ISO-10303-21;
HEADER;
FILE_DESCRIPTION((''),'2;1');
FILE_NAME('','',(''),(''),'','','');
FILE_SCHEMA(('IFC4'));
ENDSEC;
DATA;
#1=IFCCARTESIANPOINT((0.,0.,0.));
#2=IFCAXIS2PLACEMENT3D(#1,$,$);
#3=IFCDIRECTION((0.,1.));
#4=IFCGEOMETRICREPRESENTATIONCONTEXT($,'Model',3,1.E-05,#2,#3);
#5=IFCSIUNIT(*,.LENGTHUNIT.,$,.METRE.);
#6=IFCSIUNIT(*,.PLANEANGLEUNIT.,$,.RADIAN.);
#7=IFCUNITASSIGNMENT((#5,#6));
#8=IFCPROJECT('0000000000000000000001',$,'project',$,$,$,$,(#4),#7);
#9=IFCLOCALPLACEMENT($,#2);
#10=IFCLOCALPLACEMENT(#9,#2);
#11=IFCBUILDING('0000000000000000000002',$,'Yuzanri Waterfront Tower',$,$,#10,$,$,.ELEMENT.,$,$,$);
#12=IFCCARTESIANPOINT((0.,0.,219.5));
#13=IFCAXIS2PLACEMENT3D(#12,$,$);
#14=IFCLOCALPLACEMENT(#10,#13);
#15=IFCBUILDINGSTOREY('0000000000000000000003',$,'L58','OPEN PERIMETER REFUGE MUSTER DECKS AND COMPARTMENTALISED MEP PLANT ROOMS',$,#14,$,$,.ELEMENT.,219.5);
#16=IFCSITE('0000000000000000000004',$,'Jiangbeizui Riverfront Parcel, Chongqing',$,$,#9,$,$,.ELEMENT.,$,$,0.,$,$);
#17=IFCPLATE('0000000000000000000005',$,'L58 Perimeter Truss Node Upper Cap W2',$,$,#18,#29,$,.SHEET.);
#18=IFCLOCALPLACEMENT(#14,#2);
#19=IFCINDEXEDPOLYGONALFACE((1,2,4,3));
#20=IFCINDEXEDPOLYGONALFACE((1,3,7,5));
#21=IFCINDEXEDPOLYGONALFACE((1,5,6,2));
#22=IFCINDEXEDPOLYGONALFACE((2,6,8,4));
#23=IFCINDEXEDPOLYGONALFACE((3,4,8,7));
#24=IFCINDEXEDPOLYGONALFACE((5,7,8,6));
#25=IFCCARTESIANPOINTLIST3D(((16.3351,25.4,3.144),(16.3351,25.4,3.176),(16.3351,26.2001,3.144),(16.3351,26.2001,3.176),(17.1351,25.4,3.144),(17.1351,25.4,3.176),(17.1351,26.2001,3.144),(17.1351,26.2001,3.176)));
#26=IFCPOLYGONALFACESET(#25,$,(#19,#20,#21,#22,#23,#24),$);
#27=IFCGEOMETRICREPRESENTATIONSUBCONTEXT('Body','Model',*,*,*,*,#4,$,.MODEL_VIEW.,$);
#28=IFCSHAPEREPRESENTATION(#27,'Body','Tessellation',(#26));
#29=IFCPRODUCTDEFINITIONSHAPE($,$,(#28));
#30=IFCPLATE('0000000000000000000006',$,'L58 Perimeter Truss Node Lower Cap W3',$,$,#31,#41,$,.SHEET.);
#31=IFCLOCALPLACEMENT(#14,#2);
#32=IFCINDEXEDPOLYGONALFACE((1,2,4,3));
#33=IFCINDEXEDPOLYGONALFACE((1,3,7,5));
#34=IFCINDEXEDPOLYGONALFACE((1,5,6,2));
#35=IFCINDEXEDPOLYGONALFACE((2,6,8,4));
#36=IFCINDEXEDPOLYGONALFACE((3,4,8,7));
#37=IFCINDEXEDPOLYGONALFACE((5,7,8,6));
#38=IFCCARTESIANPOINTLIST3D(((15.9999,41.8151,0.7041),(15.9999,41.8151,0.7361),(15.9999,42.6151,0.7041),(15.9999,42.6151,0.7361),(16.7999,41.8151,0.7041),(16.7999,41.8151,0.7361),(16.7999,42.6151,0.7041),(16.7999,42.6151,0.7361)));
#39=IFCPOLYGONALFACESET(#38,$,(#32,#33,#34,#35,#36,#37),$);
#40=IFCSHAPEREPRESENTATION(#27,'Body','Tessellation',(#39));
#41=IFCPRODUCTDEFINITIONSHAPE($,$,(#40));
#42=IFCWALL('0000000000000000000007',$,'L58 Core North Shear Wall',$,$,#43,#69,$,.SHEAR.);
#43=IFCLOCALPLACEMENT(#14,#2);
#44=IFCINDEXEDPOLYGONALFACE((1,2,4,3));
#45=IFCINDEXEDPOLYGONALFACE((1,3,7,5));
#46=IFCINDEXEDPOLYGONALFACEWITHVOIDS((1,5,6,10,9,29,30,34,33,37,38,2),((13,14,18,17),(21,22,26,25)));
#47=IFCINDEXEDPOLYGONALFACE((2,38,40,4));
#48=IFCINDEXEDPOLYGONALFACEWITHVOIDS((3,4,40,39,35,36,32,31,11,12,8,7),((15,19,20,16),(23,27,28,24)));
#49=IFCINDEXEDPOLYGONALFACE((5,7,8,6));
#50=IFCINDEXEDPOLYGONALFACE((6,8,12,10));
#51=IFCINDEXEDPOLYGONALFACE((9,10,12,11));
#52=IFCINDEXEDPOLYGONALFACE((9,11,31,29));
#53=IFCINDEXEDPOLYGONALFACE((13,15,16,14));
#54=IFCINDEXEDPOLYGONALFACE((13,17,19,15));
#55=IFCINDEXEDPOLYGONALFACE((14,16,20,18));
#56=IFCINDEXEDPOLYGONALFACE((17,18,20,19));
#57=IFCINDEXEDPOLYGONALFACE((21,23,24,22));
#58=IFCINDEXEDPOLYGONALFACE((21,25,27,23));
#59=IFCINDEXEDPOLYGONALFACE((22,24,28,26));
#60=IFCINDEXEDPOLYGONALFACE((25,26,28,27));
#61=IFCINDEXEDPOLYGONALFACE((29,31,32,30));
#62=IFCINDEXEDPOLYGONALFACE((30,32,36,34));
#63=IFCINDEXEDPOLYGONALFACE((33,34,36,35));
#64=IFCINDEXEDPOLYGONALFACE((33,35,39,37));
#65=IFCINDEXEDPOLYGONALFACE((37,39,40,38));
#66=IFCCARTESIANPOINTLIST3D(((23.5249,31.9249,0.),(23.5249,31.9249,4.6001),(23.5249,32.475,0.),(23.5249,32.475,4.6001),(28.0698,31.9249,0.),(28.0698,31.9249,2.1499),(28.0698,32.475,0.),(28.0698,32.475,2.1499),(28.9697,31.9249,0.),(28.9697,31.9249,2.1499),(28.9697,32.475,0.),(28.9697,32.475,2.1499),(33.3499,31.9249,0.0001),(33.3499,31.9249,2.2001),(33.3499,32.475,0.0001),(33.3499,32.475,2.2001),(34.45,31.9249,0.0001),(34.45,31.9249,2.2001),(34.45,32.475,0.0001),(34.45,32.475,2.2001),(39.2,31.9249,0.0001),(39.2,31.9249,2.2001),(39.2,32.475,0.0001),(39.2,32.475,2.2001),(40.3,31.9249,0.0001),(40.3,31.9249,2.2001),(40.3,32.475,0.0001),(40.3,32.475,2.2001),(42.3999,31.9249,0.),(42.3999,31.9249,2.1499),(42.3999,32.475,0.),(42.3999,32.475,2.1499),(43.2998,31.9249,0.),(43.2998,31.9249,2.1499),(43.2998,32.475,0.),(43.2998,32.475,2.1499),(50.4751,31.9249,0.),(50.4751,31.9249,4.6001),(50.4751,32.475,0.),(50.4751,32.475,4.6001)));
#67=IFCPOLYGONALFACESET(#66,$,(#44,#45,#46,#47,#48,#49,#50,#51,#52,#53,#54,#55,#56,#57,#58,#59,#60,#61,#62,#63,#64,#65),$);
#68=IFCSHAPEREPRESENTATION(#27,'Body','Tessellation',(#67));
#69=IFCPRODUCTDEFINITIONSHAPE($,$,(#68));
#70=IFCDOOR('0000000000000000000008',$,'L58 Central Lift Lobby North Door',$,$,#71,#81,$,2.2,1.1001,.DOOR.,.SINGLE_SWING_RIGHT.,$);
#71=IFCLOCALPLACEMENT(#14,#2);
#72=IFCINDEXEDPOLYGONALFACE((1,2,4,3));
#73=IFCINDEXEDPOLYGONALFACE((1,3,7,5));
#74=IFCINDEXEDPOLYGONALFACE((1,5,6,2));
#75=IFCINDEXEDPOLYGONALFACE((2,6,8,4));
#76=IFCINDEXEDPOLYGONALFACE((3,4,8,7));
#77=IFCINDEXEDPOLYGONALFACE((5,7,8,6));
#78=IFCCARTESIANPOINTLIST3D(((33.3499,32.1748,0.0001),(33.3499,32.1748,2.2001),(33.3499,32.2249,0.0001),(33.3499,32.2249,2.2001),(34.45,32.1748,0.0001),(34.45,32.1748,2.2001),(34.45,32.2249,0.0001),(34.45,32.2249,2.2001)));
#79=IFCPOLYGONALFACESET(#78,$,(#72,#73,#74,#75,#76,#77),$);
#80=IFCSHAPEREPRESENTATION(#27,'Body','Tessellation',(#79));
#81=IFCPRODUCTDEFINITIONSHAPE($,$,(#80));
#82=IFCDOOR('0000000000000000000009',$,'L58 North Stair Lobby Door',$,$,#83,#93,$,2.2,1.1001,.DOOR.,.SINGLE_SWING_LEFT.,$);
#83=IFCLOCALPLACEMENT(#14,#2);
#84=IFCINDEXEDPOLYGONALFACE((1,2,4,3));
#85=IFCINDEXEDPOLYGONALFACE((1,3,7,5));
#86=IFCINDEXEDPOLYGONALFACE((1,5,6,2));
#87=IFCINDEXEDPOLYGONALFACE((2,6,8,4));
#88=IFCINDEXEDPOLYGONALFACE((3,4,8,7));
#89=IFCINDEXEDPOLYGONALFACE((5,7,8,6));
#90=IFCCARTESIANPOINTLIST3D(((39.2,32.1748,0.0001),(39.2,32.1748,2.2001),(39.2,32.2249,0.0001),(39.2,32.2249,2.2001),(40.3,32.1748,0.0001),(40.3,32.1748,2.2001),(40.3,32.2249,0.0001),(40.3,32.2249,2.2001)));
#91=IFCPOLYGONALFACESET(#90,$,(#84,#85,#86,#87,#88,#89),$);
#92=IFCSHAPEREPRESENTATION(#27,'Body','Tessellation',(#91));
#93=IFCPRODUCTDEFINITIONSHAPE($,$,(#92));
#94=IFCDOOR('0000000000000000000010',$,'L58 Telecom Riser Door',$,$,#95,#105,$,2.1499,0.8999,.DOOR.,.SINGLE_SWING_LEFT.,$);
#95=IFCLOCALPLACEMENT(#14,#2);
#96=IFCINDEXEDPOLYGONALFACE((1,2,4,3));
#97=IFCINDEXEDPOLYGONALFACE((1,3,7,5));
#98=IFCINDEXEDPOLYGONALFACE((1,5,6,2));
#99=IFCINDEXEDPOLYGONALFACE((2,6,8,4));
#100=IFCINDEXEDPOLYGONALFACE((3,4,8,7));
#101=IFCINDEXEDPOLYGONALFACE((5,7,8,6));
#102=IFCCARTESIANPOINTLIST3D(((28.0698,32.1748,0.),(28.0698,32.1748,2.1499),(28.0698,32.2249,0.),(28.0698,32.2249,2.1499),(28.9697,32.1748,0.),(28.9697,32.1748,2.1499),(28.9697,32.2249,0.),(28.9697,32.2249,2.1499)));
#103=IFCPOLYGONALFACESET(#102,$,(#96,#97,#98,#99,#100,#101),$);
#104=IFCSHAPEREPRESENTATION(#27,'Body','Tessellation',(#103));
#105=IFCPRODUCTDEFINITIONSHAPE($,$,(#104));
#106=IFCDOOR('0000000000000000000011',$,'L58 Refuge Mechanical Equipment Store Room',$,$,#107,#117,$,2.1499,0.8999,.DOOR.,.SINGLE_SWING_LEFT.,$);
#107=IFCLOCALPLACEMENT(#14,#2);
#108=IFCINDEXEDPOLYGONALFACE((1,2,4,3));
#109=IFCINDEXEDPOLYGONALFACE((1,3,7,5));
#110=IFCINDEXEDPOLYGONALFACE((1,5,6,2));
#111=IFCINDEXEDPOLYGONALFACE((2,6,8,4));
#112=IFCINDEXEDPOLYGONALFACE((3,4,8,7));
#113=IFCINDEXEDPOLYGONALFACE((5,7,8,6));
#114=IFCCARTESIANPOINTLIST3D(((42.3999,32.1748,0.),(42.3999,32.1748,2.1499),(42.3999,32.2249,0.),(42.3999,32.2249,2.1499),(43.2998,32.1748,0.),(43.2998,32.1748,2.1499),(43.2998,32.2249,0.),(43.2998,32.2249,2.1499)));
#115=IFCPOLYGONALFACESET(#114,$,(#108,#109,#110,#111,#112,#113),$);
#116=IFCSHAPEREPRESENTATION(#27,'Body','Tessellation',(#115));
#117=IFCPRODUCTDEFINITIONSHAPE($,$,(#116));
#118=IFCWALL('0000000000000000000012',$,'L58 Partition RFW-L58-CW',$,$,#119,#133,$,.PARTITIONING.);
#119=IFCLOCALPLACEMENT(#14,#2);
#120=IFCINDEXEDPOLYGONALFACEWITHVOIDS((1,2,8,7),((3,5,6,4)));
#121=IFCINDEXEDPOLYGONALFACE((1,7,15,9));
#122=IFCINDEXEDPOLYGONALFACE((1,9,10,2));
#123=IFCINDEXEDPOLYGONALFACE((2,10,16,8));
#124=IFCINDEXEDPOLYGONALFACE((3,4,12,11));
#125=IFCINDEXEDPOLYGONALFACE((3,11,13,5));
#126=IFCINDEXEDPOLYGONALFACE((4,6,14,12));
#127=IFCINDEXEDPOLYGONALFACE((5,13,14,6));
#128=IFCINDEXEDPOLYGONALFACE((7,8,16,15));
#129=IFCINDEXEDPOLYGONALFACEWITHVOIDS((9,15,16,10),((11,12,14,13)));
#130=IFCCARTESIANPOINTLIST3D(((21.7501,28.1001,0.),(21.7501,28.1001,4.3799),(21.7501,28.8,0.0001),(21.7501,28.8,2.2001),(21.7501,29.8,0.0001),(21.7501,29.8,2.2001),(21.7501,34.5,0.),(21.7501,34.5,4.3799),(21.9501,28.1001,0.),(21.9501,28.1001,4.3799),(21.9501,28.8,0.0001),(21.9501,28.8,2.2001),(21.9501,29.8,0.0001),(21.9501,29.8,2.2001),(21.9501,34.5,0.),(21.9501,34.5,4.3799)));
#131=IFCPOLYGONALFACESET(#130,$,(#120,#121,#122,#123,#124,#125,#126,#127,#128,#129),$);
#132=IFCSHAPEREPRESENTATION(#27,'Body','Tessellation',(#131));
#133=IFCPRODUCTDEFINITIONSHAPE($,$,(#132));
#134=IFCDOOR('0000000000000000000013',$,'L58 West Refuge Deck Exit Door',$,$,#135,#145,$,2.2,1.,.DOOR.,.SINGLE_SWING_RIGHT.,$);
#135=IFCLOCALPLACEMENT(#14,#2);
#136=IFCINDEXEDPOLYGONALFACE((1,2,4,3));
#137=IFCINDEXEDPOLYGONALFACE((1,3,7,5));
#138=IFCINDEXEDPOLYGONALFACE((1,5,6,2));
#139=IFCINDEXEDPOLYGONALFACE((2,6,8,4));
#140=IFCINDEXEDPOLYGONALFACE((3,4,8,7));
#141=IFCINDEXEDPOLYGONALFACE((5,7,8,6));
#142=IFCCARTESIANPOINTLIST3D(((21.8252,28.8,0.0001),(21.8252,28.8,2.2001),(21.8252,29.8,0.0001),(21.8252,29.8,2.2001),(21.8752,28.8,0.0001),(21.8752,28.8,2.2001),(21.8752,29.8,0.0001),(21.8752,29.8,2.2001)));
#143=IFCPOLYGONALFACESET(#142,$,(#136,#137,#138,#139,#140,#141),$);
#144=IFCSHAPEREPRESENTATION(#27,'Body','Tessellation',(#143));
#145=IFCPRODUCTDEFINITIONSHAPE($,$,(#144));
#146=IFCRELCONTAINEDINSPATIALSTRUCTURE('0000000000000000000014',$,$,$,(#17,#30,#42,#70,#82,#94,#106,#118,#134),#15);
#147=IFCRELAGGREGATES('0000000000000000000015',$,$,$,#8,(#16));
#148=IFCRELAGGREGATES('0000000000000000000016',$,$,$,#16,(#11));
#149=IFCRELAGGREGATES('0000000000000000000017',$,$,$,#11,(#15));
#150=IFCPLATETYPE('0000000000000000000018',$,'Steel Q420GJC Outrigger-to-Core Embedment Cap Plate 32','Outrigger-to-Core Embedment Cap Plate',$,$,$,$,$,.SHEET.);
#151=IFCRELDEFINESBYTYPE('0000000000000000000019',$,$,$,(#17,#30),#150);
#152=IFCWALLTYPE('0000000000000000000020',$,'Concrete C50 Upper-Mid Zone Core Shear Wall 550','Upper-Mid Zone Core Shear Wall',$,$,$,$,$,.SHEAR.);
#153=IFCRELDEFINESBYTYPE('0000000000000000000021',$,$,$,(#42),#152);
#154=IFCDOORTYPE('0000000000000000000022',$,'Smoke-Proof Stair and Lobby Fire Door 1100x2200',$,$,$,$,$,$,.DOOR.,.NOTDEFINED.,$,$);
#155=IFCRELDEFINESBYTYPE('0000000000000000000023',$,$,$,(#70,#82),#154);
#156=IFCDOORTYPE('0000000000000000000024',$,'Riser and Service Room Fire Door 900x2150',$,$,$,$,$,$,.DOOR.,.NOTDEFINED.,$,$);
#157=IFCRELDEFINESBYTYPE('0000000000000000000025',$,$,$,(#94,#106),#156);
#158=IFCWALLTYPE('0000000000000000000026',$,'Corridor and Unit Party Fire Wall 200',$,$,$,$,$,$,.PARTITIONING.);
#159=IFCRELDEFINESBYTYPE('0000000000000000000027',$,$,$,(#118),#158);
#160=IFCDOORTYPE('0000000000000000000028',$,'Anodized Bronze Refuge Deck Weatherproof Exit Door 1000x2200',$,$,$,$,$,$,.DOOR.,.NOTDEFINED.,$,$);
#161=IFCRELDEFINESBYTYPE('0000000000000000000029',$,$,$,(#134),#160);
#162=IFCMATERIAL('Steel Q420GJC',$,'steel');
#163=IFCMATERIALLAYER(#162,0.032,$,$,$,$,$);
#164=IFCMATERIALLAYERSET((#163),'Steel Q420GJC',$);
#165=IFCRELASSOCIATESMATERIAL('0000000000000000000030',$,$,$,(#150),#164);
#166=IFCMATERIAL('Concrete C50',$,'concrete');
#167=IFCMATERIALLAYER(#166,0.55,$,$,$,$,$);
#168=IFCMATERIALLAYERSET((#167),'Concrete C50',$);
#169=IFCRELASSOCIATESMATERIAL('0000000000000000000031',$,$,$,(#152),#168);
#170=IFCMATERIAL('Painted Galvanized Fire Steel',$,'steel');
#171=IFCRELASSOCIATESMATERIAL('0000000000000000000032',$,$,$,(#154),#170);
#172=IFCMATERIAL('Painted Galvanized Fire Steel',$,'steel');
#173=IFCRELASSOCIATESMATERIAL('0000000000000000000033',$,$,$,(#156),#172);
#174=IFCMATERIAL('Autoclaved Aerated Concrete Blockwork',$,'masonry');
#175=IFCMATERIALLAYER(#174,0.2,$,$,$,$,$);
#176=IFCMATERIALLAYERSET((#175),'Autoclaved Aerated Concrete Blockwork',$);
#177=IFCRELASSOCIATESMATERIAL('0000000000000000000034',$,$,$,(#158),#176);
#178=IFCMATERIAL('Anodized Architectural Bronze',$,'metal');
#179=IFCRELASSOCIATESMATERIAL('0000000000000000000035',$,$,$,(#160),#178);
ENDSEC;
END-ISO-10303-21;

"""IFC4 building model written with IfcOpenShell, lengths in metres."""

from ifc_helpers import new_model, si_unit, direction, frame, frame_2d, origin, origin_2d, place, context, subcontext, project, spatial, rectangle, extrude, source, transform, mapped, material, layer, layer_set, type_object, element, fill, save


model = new_model("IFC4")

# Units and contexts
model_context = context("Model", 3, precision=1e-05, world=origin(), true_north=direction((0.0, 1.0)))
body_context = subcontext(model_context, "Body", "Model", "MODEL_VIEW")
ifc_project = project(units=[si_unit("LENGTHUNIT", "METRE"), si_unit("PLANEANGLEUNIT", "RADIAN")], contexts=[model_context])

# Site, building, storey
site_placement = place(None, origin())
site = spatial("IfcSite", under=ifc_project, at=site_placement, Name="Jiangbeizui Riverfront Parcel, Chongqing", CompositionType="ELEMENT", RefElevation=0.0)
building_placement = place(site_placement, origin())
building = spatial("IfcBuilding", under=site, at=building_placement, Name="Yuzanri Waterfront Tower", CompositionType="ELEMENT")
storey_placement = place(building_placement, frame((0.0, 0.0, 219.5)))
storey = spatial("IfcBuildingStorey", under=building, at=storey_placement, Name="L58", Description="OPEN PERIMETER REFUGE MUSTER DECKS AND COMPARTMENTALISED MEP PLANT ROOMS", CompositionType="ELEMENT", Elevation=219.5)

# Plates
ifc_material_1 = material(Name="Steel Q420GJC", Category="steel")
ifc_layer_1 = layer(ifc_material_1, 0.032)
ifc_layer_set_1 = layer_set([ifc_layer_1], Name="Steel Q420GJC")
plate_type = type_object("IfcPlateType", Name="Steel Q420GJC Outrigger-to-Core Embedment Cap Plate 32", Description="Outrigger-to-Core Embedment Cap Plate", PredefinedType="SHEET", material=ifc_layer_set_1)
shared_shape_1 = source(origin(), body_context, "Body", "SweptSolid", [
    extrude(rectangle(XDim=0.8, YDim=0.8, at=origin_2d()), origin(), (0.0, 0.0, 1.0), 0.032),
])
for number, where, z_axis, x_axis, name in (
    (1, (16.7351, 25.8, 3.144), (0.0, 0.0, 1.0), (1.0, 0.0, 0.0), "L58 Perimeter Truss Node Upper Cap W2"),
    (2, (16.3999, 42.2151, 0.7041), (0.0, 0.0, 1.0), (1.0, 0.0, 0.0), "L58 Perimeter Truss Node Lower Cap W3"),
):
    element("IfcPlate", number, at=place(storey_placement, frame(where, z_axis=z_axis, x_axis=x_axis)), inside=storey, type_object=plate_type, Name=name, PredefinedType="SHEET", context=body_context, shape_type="MappedRepresentation", body=[
        mapped(shared_shape_1, transform((0.0, 0.0, 0.0), scale=1.0)),
    ])

# Wall, openings, doors
ifc_material_2 = material(Name="Concrete C50", Category="concrete")
ifc_layer_2 = layer(ifc_material_2, 0.55)
ifc_layer_set_2 = layer_set([ifc_layer_2], Name="Concrete C50")
wall_type_1 = type_object("IfcWallType", Name="Concrete C50 Upper-Mid Zone Core Shear Wall 550", Description="Upper-Mid Zone Core Shear Wall", PredefinedType="SHEAR", material=ifc_layer_set_2)
wall_1_placement = place(storey_placement, frame((23.5249, 32.2, 0.0), z_axis=(0.0, 0.0, 1.0), x_axis=(1.0, 0.0, 0.0)))
wall_1 = element("IfcWall", 3, at=wall_1_placement, inside=storey, type_object=wall_type_1, Name="L58 Core North Shear Wall", PredefinedType="SHEAR", context=body_context, shape_type="SweptSolid", body=[
    extrude(rectangle(XDim=26.9502, YDim=0.55, at=frame_2d((13.4751, 0.0))), origin(), (0.0, 0.0, 1.0), 4.6001),
])
opening_1_placement = place(wall_1_placement, frame((4.5449, 0.0, 0.0)))
opening_1 = element("IfcOpeningElement", 4, at=opening_1_placement, cuts=wall_1, PredefinedType="OPENING", context=body_context, shape_type="SweptSolid", body=[
    extrude(rectangle(XDim=0.8999, YDim=2.1499, at=frame_2d((0.45, 1.075))), frame((0.0, 0.29, 0.0), z_axis=(0.0, -1.0, 0.0), x_axis=(1.0, 0.0, 0.0)), (0.0, 0.0, 1.0), 0.5798),
])
opening_2_placement = place(wall_1_placement, frame((9.825, 0.0, 0.0)))
opening_2 = element("IfcOpeningElement", 5, at=opening_2_placement, cuts=wall_1, PredefinedType="OPENING", context=body_context, shape_type="SweptSolid", body=[
    extrude(rectangle(XDim=1.1001, YDim=2.2, at=frame_2d((0.55, 1.1001))), frame((0.0, 0.29, 0.0), z_axis=(0.0, -1.0, 0.0), x_axis=(1.0, 0.0, 0.0)), (0.0, 0.0, 1.0), 0.5798),
])
opening_3_placement = place(wall_1_placement, frame((15.675, 0.0, 0.0)))
opening_3 = element("IfcOpeningElement", 6, at=opening_3_placement, cuts=wall_1, PredefinedType="OPENING", context=body_context, shape_type="SweptSolid", body=[
    extrude(rectangle(XDim=1.1001, YDim=2.2, at=frame_2d((0.55, 1.1001))), frame((0.0, 0.29, 0.0), z_axis=(0.0, -1.0, 0.0), x_axis=(1.0, 0.0, 0.0)), (0.0, 0.0, 1.0), 0.5798),
])
opening_4_placement = place(wall_1_placement, frame((18.875, 0.0, 0.0)))
opening_4 = element("IfcOpeningElement", 7, at=opening_4_placement, cuts=wall_1, PredefinedType="OPENING", context=body_context, shape_type="SweptSolid", body=[
    extrude(rectangle(XDim=0.8999, YDim=2.1499, at=frame_2d((0.45, 1.075))), frame((0.0, 0.29, 0.0), z_axis=(0.0, -1.0, 0.0), x_axis=(1.0, 0.0, 0.0)), (0.0, 0.0, 1.0), 0.5798),
])
ifc_material_3 = material(Name="Painted Galvanized Fire Steel", Category="steel")
door_type_1 = type_object("IfcDoorType", Name="Smoke-Proof Stair and Lobby Fire Door 1100x2200", OperationType="NOTDEFINED", PredefinedType="DOOR", material=ifc_material_3)
shared_shape_2 = source(origin(), body_context, "Body", "SweptSolid", [
    extrude(rectangle(XDim=1.1001, YDim=2.2, at=frame_2d((0.55, 1.1001))), frame((0.0, 0.0249, 0.0), z_axis=(0.0, -1.0, 0.0), x_axis=(1.0, 0.0, 0.0)), (0.0, 0.0, 1.0), 0.05),
])
door_1_placement = place(opening_2_placement, origin())
door_1 = element("IfcDoor", 8, at=door_1_placement, inside=storey, type_object=door_type_1, Name="L58 Central Lift Lobby North Door", OperationType="SINGLE_SWING_RIGHT", OverallHeight=2.2, OverallWidth=1.1001, PredefinedType="DOOR", context=body_context, shape_type="MappedRepresentation", body=[
    mapped(shared_shape_2, transform((0.0, 0.0, 0.0), scale=1.0)),
])
fill(opening_2, door_1)
door_2_placement = place(opening_3_placement, origin())
door_2 = element("IfcDoor", 9, at=door_2_placement, inside=storey, type_object=door_type_1, Name="L58 North Stair Lobby Door", OperationType="SINGLE_SWING_LEFT", OverallHeight=2.2, OverallWidth=1.1001, PredefinedType="DOOR", context=body_context, shape_type="MappedRepresentation", body=[
    mapped(shared_shape_2, transform((0.0, 0.0, 0.0), scale=1.0)),
])
fill(opening_3, door_2)
ifc_material_4 = material(Name="Painted Galvanized Fire Steel", Category="steel")
door_type_2 = type_object("IfcDoorType", Name="Riser and Service Room Fire Door 900x2150", OperationType="NOTDEFINED", PredefinedType="DOOR", material=ifc_material_4)
shared_shape_3 = source(origin(), body_context, "Body", "SweptSolid", [
    extrude(rectangle(XDim=0.8999, YDim=2.1499, at=frame_2d((0.45, 1.075))), frame((0.0, 0.0249, 0.0), z_axis=(0.0, -1.0, 0.0), x_axis=(1.0, 0.0, 0.0)), (0.0, 0.0, 1.0), 0.05),
])
door_3_placement = place(opening_1_placement, origin())
door_3 = element("IfcDoor", 10, at=door_3_placement, inside=storey, type_object=door_type_2, Name="L58 Telecom Riser Door", OperationType="SINGLE_SWING_LEFT", OverallHeight=2.1499, OverallWidth=0.8999, PredefinedType="DOOR", context=body_context, shape_type="MappedRepresentation", body=[
    mapped(shared_shape_3, transform((0.0, 0.0, 0.0), scale=1.0)),
])
fill(opening_1, door_3)
door_4_placement = place(opening_4_placement, origin())
door_4 = element("IfcDoor", 11, at=door_4_placement, inside=storey, type_object=door_type_2, Name="L58 Refuge Mechanical Equipment Store Room", OperationType="SINGLE_SWING_LEFT", OverallHeight=2.1499, OverallWidth=0.8999, PredefinedType="DOOR", context=body_context, shape_type="MappedRepresentation", body=[
    mapped(shared_shape_3, transform((0.0, 0.0, 0.0), scale=1.0)),
])
fill(opening_4, door_4)

# Wall, opening, door
ifc_material_5 = material(Name="Autoclaved Aerated Concrete Blockwork", Category="masonry")
ifc_layer_3 = layer(ifc_material_5, 0.2)
ifc_layer_set_3 = layer_set([ifc_layer_3], Name="Autoclaved Aerated Concrete Blockwork")
wall_type_2 = type_object("IfcWallType", Name="Corridor and Unit Party Fire Wall 200", PredefinedType="PARTITIONING", material=ifc_layer_set_3)
wall_2_placement = place(storey_placement, frame((21.8501, 28.1001, 0.0), z_axis=(0.0, 0.0, 1.0), x_axis=(0.0, 1.0, 0.0)))
wall_2 = element("IfcWall", 12, at=wall_2_placement, inside=storey, type_object=wall_type_2, Name="L58 Partition RFW-L58-CW", PredefinedType="PARTITIONING", context=body_context, shape_type="SweptSolid", body=[
    extrude(rectangle(XDim=6.3999, YDim=0.2, at=frame_2d((3.2, 0.0))), origin(), (0.0, 0.0, 1.0), 4.3799),
])
opening_5_placement = place(wall_2_placement, frame((0.7, 0.0, 0.0)))
opening_5 = element("IfcOpeningElement", 13, at=opening_5_placement, cuts=wall_2, PredefinedType="OPENING", context=body_context, shape_type="SweptSolid", body=[
    extrude(rectangle(XDim=1.0, YDim=2.2, at=frame_2d((0.5, 1.1001))), frame((0.0, 0.1147, 0.0), z_axis=(0.0, -1.0, 0.0), x_axis=(1.0, 0.0, 0.0)), (0.0, 0.0, 1.0), 0.2297),
])
ifc_material_6 = material(Name="Anodized Architectural Bronze", Category="metal")
door_type_3 = type_object("IfcDoorType", Name="Anodized Bronze Refuge Deck Weatherproof Exit Door 1000x2200", OperationType="NOTDEFINED", PredefinedType="DOOR", material=ifc_material_6)
shared_shape_4 = source(origin(), body_context, "Body", "SweptSolid", [
    extrude(rectangle(XDim=1.0, YDim=2.2, at=frame_2d((0.5, 1.1001))), frame((0.0, 0.0249, 0.0), z_axis=(0.0, -1.0, 0.0), x_axis=(1.0, 0.0, 0.0)), (0.0, 0.0, 1.0), 0.05),
])
door_5_placement = place(opening_5_placement, origin())
door_5 = element("IfcDoor", 14, at=door_5_placement, inside=storey, type_object=door_type_3, Name="L58 West Refuge Deck Exit Door", OperationType="SINGLE_SWING_RIGHT", OverallHeight=2.2, OverallWidth=1.0, PredefinedType="DOOR", context=body_context, shape_type="MappedRepresentation", body=[
    mapped(shared_shape_4, transform((0.0, 0.0, 0.0), scale=1.0)),
])
fill(opening_5, door_5)

save(model, "model.ifc")
